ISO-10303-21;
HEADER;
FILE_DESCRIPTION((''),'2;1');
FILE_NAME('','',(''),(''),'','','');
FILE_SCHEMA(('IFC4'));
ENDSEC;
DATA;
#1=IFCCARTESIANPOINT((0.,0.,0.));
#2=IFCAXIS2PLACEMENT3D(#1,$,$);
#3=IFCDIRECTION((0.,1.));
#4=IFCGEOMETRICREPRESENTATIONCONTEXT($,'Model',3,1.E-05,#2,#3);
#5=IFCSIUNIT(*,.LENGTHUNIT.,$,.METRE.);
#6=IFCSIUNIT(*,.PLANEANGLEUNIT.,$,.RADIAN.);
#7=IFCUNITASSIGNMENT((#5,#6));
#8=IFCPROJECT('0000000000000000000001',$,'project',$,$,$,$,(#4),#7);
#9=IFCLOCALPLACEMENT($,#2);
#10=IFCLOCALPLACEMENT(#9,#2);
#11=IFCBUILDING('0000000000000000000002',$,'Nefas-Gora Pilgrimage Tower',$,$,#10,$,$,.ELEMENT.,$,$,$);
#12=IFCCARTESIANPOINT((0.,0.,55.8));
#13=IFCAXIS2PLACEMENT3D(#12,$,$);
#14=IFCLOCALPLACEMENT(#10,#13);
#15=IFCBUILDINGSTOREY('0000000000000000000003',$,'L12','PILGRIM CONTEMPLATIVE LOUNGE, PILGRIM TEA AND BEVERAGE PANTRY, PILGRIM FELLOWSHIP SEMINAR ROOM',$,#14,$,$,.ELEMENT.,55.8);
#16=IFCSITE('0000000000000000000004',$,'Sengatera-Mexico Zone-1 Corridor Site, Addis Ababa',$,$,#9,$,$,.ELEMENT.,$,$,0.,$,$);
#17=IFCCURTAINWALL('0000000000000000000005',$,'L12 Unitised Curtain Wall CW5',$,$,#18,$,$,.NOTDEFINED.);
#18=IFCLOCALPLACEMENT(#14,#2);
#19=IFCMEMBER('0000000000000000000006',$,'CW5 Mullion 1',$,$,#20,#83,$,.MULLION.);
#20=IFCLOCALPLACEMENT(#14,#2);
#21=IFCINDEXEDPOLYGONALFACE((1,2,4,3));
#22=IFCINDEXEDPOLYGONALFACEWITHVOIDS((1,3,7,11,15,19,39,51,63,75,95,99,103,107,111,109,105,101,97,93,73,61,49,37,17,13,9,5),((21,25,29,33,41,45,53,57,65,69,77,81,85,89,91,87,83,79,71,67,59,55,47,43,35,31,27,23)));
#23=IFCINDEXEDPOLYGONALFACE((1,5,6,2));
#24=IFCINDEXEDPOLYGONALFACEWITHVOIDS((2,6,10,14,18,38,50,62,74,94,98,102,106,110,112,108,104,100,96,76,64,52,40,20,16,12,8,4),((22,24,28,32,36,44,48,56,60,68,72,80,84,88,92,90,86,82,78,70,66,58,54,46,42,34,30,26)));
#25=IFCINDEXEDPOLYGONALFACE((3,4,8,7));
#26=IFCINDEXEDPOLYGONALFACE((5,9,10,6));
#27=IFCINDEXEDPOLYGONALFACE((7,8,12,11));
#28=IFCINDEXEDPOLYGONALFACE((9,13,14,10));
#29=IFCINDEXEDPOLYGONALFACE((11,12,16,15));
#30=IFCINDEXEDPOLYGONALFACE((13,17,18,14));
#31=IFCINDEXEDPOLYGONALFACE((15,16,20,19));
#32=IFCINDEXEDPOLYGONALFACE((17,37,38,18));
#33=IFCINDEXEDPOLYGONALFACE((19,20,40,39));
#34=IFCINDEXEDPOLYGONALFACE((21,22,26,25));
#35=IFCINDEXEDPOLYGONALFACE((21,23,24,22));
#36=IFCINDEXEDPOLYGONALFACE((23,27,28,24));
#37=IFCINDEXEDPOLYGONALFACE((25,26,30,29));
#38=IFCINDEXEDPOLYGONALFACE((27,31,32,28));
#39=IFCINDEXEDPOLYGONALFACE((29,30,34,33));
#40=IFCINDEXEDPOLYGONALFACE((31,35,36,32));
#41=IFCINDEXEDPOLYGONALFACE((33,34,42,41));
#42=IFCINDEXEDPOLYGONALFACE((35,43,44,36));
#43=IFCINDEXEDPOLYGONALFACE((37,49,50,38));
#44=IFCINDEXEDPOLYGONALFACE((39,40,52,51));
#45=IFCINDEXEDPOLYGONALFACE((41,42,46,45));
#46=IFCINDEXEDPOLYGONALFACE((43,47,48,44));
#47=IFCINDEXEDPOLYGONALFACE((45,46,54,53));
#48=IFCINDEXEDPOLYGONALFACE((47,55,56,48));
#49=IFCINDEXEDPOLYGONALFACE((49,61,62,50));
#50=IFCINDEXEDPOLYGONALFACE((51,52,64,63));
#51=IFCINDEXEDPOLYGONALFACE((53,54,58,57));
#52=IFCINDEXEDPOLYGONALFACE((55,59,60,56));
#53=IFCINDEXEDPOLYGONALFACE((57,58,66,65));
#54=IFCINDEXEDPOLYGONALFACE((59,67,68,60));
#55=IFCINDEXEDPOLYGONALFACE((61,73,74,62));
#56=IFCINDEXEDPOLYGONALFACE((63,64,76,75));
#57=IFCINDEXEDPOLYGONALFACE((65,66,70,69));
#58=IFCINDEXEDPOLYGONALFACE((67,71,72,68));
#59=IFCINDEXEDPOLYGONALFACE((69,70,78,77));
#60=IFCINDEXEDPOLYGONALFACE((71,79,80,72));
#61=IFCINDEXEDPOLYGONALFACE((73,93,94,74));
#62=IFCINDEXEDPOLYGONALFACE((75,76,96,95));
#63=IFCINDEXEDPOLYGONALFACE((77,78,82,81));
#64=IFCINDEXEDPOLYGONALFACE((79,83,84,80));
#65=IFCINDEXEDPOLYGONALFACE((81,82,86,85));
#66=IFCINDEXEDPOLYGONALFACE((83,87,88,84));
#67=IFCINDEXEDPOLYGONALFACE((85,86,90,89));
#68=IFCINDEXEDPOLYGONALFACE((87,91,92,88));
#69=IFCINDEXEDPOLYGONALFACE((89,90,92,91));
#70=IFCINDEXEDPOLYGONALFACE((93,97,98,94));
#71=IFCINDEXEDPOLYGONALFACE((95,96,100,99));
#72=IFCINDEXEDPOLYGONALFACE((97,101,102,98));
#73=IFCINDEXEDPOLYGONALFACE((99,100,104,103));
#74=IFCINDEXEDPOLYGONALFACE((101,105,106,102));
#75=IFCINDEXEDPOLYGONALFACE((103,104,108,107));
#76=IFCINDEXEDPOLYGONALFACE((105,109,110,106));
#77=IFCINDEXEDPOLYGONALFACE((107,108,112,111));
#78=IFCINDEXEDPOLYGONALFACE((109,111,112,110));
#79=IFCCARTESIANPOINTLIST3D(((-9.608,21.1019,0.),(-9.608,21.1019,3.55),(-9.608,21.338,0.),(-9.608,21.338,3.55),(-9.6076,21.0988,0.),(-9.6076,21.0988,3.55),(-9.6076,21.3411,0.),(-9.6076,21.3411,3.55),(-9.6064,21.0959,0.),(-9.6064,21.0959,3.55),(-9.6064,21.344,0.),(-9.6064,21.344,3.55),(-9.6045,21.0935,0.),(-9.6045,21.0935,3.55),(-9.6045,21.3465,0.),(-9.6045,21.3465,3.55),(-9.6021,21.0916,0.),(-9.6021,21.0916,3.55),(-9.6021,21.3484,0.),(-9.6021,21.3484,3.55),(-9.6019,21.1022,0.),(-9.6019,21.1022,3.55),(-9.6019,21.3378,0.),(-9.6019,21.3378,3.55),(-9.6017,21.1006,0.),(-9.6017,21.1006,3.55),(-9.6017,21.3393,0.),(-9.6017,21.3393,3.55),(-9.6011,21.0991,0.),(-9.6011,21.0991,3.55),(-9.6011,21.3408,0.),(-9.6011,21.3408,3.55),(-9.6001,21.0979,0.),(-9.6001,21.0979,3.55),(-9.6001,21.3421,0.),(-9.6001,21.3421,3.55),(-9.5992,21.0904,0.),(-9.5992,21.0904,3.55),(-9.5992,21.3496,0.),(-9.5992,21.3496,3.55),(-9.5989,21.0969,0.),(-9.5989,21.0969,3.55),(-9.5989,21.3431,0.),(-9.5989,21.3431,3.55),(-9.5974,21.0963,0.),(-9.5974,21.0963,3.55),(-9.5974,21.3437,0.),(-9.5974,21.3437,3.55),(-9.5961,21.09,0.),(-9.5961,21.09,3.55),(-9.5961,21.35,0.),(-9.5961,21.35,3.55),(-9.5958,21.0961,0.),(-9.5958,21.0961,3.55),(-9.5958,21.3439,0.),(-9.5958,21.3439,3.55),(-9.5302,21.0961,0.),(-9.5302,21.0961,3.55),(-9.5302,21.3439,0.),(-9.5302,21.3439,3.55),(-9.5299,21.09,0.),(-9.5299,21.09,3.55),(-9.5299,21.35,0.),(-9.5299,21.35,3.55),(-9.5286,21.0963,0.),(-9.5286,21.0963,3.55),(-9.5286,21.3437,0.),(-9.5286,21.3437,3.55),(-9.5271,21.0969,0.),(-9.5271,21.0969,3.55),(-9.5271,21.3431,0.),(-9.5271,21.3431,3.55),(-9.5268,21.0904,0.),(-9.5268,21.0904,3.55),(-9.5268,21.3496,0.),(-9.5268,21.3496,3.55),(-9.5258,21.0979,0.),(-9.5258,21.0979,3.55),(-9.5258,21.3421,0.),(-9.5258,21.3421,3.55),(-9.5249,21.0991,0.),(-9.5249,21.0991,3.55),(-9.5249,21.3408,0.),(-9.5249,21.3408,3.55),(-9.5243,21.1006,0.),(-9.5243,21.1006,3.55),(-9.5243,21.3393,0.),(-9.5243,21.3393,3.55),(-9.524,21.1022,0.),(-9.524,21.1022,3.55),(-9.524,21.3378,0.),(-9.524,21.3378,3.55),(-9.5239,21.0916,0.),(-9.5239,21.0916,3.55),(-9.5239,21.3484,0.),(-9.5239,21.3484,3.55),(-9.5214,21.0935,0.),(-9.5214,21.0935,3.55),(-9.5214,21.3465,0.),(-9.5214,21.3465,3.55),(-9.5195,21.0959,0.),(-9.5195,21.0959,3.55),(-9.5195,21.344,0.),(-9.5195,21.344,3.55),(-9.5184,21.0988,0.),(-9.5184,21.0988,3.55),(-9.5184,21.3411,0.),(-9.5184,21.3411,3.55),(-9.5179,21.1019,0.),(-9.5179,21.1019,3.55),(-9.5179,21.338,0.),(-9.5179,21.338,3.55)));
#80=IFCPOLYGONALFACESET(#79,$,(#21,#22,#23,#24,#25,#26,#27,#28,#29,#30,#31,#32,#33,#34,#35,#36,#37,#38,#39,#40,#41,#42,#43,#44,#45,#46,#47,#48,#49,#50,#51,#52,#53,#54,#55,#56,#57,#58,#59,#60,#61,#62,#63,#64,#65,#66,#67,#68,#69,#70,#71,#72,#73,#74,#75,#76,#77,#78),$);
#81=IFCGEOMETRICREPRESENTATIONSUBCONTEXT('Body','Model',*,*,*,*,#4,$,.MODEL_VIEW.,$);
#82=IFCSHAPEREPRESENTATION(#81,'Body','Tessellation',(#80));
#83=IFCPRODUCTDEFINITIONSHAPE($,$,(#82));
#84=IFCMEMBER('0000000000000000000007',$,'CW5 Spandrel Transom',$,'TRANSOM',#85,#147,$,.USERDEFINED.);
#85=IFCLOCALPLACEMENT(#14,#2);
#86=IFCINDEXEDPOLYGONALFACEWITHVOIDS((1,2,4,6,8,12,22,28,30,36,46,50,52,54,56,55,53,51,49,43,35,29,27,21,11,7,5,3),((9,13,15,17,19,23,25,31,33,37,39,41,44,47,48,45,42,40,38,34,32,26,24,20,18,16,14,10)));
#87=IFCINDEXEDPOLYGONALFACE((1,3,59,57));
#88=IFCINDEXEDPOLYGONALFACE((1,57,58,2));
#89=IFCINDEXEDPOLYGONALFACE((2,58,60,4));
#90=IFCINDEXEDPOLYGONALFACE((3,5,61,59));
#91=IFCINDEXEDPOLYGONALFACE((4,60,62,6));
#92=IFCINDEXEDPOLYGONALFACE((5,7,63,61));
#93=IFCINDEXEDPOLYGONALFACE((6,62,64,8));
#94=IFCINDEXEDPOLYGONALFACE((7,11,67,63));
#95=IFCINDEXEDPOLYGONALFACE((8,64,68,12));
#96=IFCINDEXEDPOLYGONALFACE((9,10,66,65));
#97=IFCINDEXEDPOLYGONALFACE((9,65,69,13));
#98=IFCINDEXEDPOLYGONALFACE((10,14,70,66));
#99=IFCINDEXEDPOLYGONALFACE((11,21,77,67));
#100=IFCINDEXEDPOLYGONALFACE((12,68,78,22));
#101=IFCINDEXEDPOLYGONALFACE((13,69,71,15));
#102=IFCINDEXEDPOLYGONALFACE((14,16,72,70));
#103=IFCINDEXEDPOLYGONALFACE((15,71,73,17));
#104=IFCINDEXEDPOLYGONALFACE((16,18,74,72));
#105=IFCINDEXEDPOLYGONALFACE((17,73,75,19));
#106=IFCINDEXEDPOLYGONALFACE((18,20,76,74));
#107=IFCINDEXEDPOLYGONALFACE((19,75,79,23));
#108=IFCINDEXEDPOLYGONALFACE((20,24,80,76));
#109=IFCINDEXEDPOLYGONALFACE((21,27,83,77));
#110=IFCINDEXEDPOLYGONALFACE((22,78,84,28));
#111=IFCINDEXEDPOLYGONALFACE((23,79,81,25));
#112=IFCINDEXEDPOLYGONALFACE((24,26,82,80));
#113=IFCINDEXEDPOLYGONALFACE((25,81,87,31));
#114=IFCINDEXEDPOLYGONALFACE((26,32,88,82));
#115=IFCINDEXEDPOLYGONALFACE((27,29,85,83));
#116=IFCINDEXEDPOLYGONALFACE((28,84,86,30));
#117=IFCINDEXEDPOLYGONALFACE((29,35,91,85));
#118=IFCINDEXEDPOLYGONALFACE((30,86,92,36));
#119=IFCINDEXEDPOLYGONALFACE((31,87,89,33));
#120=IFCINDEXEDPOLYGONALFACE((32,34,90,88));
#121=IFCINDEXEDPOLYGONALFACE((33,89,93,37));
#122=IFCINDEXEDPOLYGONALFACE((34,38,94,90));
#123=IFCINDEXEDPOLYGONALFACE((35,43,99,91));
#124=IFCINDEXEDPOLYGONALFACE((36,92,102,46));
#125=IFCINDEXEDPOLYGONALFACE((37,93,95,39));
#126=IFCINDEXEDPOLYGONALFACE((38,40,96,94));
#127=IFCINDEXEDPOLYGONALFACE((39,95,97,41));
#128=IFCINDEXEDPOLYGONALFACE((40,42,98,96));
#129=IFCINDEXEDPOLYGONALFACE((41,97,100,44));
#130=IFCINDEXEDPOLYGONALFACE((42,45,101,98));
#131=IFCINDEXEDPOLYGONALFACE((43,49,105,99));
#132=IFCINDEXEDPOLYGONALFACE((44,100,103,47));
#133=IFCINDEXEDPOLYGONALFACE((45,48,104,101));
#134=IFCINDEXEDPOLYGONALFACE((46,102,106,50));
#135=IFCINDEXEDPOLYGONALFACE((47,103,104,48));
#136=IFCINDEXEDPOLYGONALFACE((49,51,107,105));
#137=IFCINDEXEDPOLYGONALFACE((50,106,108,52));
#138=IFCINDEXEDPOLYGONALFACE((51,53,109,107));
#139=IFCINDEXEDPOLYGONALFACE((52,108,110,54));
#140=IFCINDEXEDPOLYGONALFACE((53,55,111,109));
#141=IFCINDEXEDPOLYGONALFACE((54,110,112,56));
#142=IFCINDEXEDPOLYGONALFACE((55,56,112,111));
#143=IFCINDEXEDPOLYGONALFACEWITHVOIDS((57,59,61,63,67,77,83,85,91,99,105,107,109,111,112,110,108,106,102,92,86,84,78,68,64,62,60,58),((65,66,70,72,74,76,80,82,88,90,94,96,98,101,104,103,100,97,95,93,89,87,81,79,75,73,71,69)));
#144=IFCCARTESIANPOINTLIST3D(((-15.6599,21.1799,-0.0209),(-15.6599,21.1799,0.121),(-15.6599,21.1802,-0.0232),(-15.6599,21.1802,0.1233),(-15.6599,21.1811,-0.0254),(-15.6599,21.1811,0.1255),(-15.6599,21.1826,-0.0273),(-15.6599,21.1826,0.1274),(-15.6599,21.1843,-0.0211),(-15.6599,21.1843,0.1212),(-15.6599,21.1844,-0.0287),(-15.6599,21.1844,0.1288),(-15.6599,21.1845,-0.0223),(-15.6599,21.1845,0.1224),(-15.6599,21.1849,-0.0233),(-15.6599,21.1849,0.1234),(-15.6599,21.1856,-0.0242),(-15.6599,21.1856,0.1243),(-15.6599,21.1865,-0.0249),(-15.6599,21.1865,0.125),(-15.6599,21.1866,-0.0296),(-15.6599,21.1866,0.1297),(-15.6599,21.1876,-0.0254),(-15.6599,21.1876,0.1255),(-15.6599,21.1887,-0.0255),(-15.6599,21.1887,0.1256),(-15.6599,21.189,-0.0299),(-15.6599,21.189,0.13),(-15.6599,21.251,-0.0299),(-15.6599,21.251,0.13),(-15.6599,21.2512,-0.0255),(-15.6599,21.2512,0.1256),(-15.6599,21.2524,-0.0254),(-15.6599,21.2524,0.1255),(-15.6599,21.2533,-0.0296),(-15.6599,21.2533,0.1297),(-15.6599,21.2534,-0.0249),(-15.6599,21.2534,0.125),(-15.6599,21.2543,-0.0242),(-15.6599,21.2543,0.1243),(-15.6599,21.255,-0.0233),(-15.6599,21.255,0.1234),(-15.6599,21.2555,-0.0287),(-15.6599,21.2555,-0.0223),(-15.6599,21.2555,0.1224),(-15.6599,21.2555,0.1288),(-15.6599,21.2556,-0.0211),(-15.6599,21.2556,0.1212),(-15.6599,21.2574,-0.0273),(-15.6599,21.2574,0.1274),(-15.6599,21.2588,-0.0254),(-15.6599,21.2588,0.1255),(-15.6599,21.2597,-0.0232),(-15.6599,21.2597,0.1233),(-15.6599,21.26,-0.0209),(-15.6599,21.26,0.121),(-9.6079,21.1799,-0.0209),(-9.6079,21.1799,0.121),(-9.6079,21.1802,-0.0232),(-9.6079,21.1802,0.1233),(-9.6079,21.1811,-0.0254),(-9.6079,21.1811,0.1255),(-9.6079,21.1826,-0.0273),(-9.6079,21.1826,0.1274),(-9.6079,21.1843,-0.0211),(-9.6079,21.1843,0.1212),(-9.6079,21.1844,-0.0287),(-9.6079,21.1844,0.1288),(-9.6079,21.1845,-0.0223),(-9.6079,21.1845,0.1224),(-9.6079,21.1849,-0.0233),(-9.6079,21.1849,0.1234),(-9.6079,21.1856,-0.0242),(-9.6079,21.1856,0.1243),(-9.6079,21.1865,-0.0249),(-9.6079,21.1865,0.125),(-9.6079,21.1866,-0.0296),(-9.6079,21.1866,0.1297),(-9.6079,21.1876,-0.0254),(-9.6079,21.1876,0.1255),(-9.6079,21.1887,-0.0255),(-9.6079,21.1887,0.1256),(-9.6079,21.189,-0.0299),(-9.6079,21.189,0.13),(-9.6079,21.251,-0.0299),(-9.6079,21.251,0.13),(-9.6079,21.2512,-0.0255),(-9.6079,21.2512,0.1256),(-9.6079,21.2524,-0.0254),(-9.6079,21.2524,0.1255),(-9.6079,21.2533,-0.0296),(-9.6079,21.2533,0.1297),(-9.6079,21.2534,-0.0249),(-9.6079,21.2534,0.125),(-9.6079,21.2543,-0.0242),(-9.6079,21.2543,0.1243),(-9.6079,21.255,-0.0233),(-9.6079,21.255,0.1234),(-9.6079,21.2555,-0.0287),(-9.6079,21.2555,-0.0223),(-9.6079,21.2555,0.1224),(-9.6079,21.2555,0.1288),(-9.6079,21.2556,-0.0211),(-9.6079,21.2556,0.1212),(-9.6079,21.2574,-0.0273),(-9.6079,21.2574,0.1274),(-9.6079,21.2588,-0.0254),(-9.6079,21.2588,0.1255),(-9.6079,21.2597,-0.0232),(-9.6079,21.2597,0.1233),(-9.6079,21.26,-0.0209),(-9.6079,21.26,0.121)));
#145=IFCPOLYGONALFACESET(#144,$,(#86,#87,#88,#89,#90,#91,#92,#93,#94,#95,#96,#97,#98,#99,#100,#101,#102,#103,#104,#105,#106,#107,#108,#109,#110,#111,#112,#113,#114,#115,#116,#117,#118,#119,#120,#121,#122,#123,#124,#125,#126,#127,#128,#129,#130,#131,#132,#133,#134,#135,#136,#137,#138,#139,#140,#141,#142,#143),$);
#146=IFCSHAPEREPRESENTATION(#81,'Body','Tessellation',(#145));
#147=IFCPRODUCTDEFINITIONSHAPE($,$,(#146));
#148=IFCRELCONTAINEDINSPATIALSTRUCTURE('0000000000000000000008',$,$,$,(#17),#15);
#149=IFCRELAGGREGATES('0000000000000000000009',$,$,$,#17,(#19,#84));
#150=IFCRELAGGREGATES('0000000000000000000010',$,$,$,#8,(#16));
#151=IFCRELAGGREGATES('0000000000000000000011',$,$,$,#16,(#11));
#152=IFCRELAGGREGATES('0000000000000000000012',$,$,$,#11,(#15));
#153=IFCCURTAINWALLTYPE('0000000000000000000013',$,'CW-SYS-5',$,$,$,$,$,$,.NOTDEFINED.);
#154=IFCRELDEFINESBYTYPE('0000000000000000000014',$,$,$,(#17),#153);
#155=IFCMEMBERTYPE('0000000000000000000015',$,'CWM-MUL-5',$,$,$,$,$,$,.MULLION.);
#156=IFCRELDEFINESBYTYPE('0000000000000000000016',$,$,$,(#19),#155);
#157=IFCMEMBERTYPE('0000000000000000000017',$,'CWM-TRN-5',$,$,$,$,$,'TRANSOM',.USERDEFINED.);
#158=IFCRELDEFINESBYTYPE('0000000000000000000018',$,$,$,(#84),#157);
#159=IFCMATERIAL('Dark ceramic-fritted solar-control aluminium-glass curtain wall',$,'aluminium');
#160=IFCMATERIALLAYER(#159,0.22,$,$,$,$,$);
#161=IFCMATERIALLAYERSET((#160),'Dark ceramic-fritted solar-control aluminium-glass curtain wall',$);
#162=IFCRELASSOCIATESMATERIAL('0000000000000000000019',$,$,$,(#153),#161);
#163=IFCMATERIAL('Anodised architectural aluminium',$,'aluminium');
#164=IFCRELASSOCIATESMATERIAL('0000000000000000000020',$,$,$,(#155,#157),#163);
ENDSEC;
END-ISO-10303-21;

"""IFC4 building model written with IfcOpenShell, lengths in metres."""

from ifc_helpers import new_model, si_unit, direction, frame, origin, origin_2d, place, context, subcontext, project, spatial, hollow_rectangle, extrude, source, transform, mapped, material, layer, layer_set, material_profile, profile_set, type_object, element, aggregate, save


model = new_model("IFC4")

# Units and contexts
model_context = context("Model", 3, precision=1e-05, world=origin(), true_north=direction((0.0, 1.0)))
body_context = subcontext(model_context, "Body", "Model", "MODEL_VIEW")
ifc_project = project(units=[si_unit("LENGTHUNIT", "METRE"), si_unit("PLANEANGLEUNIT", "RADIAN")], contexts=[model_context])

# Site, building, storey
site_placement = place(None, origin())
site = spatial("IfcSite", under=ifc_project, at=site_placement, Name="Sengatera-Mexico Zone-1 Corridor Site, Addis Ababa", CompositionType="ELEMENT", RefElevation=0.0)
building_placement = place(site_placement, origin())
building = spatial("IfcBuilding", under=site, at=building_placement, Name="Nefas-Gora Pilgrimage Tower", CompositionType="ELEMENT")
storey_placement = place(building_placement, frame((0.0, 0.0, 55.8)))
storey = spatial("IfcBuildingStorey", under=building, at=storey_placement, Name="L12", Description="PILGRIM CONTEMPLATIVE LOUNGE, PILGRIM TEA AND BEVERAGE PANTRY, PILGRIM FELLOWSHIP SEMINAR ROOM", CompositionType="ELEMENT", Elevation=55.8)

# Curtain wall, members
ifc_material_1 = material(Name="Dark ceramic-fritted solar-control aluminium-glass curtain wall", Category="aluminium")
ifc_layer_1 = layer(ifc_material_1, 0.22)
ifc_layer_set_1 = layer_set([ifc_layer_1], Name="Dark ceramic-fritted solar-control aluminium-glass curtain wall")
curtain_wall_type = type_object("IfcCurtainWallType", Name="CW-SYS-5", PredefinedType="NOTDEFINED", material=ifc_layer_set_1)
ifc_material_2 = material(Name="Anodised architectural aluminium", Category="aluminium")
ifc_material_profile_1 = material_profile(ifc_material_2, hollow_rectangle(XDim=0.0901, YDim=0.26, WallThickness=0.0061, InnerFilletRadius=0.0061, OuterFilletRadius=0.012, at=origin_2d()), Name="ALU MULLION 90x260")
ifc_profile_set_1 = profile_set([ifc_material_profile_1], Name="Anodised architectural aluminium")
member_type_1 = type_object("IfcMemberType", Name="CWM-MUL-5", PredefinedType="MULLION", material=ifc_profile_set_1)
shared_shape_1 = source(origin(), body_context, "Body", "SweptSolid", [
    extrude(hollow_rectangle(XDim=0.0901, YDim=0.26, WallThickness=0.0061, InnerFilletRadius=0.0061, OuterFilletRadius=0.012, at=origin_2d()), origin(), (0.0, 0.0, 1.0), 3.55),
])
curtain_wall_1_placement = place(storey_placement, origin())
curtain_wall_1 = element("IfcCurtainWall", 1, at=curtain_wall_1_placement, inside=storey, type_object=curtain_wall_type, Name="L12 Unitised Curtain Wall CW5", PredefinedType="NOTDEFINED")
member_1_placement = place(storey_placement, frame((-9.563, 21.22, 0.0), z_axis=(0.0, 0.0, 1.0), x_axis=(-1.0, 0.0, 0.0)))
member_1 = element("IfcMember", 2, at=member_1_placement, type_object=member_type_1, Name="CW5 Mullion 1", PredefinedType="MULLION", context=body_context, shape_type="MappedRepresentation", body=[
    mapped(shared_shape_1, transform((0.0, 0.0, 0.0), x_axis=(1.0, 0.0, 0.0), y_axis=(0.0, 1.0, 0.0), z_axis=(0.0, 0.0, 1.0), scale=1.0)),
])
ifc_material_profile_2 = material_profile(ifc_material_2, hollow_rectangle(XDim=0.0801, YDim=0.1599, WallThickness=0.0044, InnerFilletRadius=0.0044, OuterFilletRadius=0.009, at=origin_2d()), Name="ALU TRANSOM 80x160")
ifc_profile_set_2 = profile_set([ifc_material_profile_2], Name="Anodised architectural aluminium")
member_type_2 = type_object("IfcMemberType", Name="CWM-TRN-5", ElementType="TRANSOM", PredefinedType="USERDEFINED", material=ifc_profile_set_2)
shared_shape_2 = source(origin(), body_context, "Body", "SweptSolid", [
    extrude(hollow_rectangle(XDim=0.0801, YDim=0.1599, WallThickness=0.0044, InnerFilletRadius=0.0044, OuterFilletRadius=0.009, at=origin_2d()), origin(), (0.0, 0.0, 1.0), 6.052),
])
member_2_placement = place(storey_placement, frame((-9.6079, 21.22, 0.05), z_axis=(-1.0, 0.0, 0.0), x_axis=(0.0, -1.0, 0.0)))
member_2 = element("IfcMember", 3, at=member_2_placement, type_object=member_type_2, Name="CW5 Spandrel Transom", ObjectType="TRANSOM", PredefinedType="USERDEFINED", context=body_context, shape_type="MappedRepresentation", body=[
    mapped(shared_shape_2, transform((0.0, 0.0, 0.0), x_axis=(1.0, 0.0, 0.0), y_axis=(0.0, 1.0, 0.0), z_axis=(0.0, 0.0, 1.0), scale=1.0)),
])
aggregate(curtain_wall_1, [member_1, member_2])

save(model, "model.ifc")
